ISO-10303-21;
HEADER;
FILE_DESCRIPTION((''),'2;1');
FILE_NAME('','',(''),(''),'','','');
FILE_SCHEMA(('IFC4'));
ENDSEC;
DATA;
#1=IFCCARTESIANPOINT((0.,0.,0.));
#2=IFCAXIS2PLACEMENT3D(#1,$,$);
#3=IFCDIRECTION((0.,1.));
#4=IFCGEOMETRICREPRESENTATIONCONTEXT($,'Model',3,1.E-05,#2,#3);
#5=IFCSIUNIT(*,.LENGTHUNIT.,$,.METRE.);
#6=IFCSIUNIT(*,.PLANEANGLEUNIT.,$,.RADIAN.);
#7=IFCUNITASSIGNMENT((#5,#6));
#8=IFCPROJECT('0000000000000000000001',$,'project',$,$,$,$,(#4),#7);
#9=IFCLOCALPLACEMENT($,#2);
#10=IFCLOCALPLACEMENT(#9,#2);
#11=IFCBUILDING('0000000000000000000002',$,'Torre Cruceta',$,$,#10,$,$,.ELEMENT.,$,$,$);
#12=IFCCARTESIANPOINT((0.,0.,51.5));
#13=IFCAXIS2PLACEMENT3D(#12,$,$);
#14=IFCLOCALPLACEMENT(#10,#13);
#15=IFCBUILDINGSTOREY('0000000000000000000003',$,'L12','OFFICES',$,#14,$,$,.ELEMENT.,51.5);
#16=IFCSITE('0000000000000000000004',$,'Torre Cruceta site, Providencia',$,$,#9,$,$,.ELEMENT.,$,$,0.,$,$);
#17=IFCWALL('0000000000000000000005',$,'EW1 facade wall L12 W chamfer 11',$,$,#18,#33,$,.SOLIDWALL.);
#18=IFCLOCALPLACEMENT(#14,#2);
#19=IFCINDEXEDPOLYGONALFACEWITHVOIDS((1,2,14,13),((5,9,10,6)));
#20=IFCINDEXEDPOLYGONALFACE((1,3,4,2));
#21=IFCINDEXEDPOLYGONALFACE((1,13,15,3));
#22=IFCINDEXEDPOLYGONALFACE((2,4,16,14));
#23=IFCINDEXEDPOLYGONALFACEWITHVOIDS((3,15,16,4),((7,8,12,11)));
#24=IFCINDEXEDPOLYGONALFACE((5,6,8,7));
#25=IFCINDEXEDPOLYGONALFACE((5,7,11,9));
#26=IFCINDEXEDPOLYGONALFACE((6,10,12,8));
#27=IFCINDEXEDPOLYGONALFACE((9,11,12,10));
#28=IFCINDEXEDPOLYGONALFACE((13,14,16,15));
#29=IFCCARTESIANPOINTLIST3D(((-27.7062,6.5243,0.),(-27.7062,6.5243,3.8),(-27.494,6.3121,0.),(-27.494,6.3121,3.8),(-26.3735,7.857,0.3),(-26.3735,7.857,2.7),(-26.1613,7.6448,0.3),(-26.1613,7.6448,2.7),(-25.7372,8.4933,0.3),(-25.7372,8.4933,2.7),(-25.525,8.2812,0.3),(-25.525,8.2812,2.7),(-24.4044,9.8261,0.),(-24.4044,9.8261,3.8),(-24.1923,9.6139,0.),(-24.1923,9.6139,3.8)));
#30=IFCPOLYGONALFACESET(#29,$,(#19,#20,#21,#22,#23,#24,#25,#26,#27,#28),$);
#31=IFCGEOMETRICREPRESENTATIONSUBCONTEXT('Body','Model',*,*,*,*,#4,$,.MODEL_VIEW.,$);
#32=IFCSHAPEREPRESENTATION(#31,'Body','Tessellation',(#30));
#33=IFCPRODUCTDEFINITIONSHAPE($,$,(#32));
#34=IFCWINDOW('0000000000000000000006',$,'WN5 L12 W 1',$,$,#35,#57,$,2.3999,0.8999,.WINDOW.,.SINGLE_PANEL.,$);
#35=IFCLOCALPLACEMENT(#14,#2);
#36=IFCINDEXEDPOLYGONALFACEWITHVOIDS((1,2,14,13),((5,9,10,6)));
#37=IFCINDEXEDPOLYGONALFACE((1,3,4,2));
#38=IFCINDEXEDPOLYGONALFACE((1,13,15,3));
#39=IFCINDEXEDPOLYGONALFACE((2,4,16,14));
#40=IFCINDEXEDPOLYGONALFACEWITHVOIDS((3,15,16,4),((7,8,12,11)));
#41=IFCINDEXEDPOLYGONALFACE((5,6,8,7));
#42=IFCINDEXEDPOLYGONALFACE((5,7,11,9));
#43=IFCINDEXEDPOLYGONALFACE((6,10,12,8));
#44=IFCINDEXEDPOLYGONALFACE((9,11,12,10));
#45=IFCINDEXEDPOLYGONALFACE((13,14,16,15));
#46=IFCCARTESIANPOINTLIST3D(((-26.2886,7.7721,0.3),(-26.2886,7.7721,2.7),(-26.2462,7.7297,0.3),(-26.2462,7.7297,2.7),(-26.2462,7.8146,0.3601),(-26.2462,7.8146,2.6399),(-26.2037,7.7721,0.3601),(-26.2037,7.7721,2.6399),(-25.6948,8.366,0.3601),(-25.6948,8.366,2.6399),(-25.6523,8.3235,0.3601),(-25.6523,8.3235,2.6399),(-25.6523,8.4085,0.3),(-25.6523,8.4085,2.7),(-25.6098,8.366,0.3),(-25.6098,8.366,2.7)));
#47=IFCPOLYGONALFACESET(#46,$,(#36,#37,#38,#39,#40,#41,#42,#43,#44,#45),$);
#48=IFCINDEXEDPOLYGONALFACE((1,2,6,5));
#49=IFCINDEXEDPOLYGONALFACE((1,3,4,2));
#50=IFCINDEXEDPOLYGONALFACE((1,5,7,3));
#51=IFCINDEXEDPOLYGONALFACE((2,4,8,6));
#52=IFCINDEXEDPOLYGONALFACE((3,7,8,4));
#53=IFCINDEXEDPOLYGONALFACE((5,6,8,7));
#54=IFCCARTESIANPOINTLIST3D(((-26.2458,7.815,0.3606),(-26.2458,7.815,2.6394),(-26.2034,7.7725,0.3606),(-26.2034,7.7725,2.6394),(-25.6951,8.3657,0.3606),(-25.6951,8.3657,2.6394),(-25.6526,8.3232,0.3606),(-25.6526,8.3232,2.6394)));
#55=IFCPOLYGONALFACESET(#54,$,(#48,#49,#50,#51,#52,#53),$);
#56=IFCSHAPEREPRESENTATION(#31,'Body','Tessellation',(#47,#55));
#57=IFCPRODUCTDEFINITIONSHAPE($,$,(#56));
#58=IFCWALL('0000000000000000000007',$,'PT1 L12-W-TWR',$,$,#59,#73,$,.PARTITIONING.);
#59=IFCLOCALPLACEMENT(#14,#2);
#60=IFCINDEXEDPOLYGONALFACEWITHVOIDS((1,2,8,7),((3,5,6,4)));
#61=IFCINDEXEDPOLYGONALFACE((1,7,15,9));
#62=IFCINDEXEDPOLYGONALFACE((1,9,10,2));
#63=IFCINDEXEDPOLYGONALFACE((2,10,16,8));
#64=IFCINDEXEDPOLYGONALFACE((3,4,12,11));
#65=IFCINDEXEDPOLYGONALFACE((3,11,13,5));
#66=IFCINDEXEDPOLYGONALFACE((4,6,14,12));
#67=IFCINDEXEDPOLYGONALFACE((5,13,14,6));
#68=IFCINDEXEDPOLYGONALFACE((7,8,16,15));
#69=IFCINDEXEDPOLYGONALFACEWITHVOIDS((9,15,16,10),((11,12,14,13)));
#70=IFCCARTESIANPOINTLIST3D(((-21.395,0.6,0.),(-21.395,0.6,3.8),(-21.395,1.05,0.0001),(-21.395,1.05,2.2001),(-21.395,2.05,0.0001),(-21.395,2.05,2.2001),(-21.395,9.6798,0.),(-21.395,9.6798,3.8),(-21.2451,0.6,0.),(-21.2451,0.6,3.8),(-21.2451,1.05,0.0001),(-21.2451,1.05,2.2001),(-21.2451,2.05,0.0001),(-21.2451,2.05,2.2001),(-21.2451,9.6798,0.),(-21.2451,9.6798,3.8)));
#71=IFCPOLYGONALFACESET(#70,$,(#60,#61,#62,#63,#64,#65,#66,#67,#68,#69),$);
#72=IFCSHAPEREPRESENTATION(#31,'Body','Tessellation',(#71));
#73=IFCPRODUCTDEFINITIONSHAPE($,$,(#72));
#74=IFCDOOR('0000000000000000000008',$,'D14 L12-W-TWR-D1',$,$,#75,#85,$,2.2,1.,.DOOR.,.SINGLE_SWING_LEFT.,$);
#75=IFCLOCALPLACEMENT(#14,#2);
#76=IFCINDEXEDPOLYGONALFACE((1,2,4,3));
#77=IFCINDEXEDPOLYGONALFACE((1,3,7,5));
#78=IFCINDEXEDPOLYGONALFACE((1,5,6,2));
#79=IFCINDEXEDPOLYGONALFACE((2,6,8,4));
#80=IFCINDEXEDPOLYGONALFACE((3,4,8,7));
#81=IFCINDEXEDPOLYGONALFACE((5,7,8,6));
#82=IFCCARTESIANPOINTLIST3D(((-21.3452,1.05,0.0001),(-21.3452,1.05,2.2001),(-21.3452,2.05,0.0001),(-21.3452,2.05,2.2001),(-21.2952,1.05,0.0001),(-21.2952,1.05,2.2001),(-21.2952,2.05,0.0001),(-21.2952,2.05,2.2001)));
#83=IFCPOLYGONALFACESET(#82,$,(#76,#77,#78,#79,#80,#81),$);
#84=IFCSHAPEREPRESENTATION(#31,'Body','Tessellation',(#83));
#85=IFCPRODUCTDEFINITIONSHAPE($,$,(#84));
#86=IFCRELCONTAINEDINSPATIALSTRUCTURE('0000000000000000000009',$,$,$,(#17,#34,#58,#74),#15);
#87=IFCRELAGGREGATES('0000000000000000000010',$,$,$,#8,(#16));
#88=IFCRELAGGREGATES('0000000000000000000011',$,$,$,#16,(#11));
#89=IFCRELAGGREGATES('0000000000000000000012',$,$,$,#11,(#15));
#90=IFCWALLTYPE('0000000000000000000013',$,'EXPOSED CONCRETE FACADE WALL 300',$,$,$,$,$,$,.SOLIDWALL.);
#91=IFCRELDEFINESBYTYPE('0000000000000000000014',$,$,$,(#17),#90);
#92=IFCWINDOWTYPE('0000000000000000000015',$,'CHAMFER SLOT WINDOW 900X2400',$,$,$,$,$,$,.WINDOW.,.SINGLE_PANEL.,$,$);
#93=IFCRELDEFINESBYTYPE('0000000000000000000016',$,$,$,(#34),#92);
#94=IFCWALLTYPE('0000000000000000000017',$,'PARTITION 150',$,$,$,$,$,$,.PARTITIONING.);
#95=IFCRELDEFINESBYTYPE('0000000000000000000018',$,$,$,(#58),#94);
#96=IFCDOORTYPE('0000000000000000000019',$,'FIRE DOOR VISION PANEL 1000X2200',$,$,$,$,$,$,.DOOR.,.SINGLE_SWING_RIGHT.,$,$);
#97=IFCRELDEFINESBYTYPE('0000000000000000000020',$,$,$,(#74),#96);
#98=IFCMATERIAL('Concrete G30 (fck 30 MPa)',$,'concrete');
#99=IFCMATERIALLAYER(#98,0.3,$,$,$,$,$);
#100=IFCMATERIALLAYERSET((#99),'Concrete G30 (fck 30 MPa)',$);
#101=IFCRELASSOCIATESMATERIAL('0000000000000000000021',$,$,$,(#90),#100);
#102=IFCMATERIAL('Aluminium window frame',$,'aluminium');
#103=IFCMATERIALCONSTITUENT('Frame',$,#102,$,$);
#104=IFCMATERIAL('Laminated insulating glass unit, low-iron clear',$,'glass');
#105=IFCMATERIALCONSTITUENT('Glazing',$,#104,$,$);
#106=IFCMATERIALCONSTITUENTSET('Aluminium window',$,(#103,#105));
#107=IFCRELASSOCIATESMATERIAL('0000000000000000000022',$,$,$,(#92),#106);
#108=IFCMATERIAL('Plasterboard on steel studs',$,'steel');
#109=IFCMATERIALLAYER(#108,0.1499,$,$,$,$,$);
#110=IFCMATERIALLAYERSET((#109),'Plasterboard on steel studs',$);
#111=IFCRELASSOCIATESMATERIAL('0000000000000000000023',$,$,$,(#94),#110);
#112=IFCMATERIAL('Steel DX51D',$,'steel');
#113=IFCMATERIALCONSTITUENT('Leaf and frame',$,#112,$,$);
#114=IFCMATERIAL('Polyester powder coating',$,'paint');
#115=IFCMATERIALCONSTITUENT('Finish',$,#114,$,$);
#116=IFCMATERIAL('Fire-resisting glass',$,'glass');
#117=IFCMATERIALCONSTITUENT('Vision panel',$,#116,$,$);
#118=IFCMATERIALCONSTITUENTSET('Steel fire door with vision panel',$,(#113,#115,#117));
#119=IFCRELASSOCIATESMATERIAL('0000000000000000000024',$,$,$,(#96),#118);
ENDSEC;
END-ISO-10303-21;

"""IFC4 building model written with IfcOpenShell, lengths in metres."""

from ifc_helpers import new_model, si_unit, direction, frame, frame_2d, origin, place, context, subcontext, project, spatial, rectangle, hollow_rectangle, extrude, material, layer, layer_set, constituent, constituent_set, type_object, element, fill, save


model = new_model("IFC4")

# Units and contexts
model_context = context("Model", 3, precision=1e-05, world=origin(), true_north=direction((0.0, 1.0)))
body_context = subcontext(model_context, "Body", "Model", "MODEL_VIEW")
ifc_project = project(units=[si_unit("LENGTHUNIT", "METRE"), si_unit("PLANEANGLEUNIT", "RADIAN")], contexts=[model_context])

# Site, building, storey
site_placement = place(None, origin())
site = spatial("IfcSite", under=ifc_project, at=site_placement, Name="Torre Cruceta site, Providencia", CompositionType="ELEMENT", RefElevation=0.0)
building_placement = place(site_placement, origin())
building = spatial("IfcBuilding", under=site, at=building_placement, Name="Torre Cruceta", CompositionType="ELEMENT")
storey_placement = place(building_placement, frame((0.0, 0.0, 51.5)))
storey = spatial("IfcBuildingStorey", under=building, at=storey_placement, Name="L12", Description="OFFICES", CompositionType="ELEMENT", Elevation=51.5)

# Wall, opening, window
ifc_material_1 = material(Name="Concrete G30 (fck 30 MPa)", Category="concrete")
ifc_layer_1 = layer(ifc_material_1, 0.3)
ifc_layer_set_1 = layer_set([ifc_layer_1], Name="Concrete G30 (fck 30 MPa)")
wall_type_1 = type_object("IfcWallType", Name="EXPOSED CONCRETE FACADE WALL 300", PredefinedType="SOLIDWALL", material=ifc_layer_set_1)
wall_1_placement = place(storey_placement, frame((-24.2983, 9.72, 0.0), z_axis=(0.0, 0.0, 1.0), x_axis=(-0.707107, -0.707107, 0.0)))
wall_1 = element("IfcWall", 1, at=wall_1_placement, inside=storey, type_object=wall_type_1, Name="EW1 facade wall L12 W chamfer 11", PredefinedType="SOLIDWALL", context=body_context, shape_type="SweptSolid", body=[
    extrude(rectangle(XDim=4.6694, YDim=0.3, at=frame_2d((2.3347, 0.0))), origin(), (0.0, 0.0, 1.0), 3.8),
])
opening_1_placement = place(wall_1_placement, frame((1.8848, 0.0, 0.3)))
opening_1 = element("IfcOpeningElement", 2, at=opening_1_placement, cuts=wall_1, PredefinedType="OPENING", context=body_context, shape_type="SweptSolid", body=[
    extrude(rectangle(XDim=0.8999, YDim=2.3999, at=frame_2d((0.45, 1.2))), frame((0.0, 0.1599, 0.0), z_axis=(0.0, -1.0, 0.0), x_axis=(1.0, 0.0, 0.0)), (0.0, 0.0, 1.0), 0.3201),
])
ifc_material_2 = material(Name="Aluminium window frame", Category="aluminium")
ifc_constituent_1 = constituent(ifc_material_2, Name="Frame")
ifc_material_3 = material(Name="Laminated insulating glass unit, low-iron clear", Category="glass")
ifc_constituent_2 = constituent(ifc_material_3, Name="Glazing")
ifc_constituent_set_1 = constituent_set(constituents=[ifc_constituent_1, ifc_constituent_2], Name="Aluminium window")
window_type = type_object("IfcWindowType", Name="CHAMFER SLOT WINDOW 900X2400", PartitioningType="SINGLE_PANEL", PredefinedType="WINDOW", material=ifc_constituent_set_1)
window_placement = place(opening_1_placement, origin())
window = element("IfcWindow", 3, at=window_placement, inside=storey, type_object=window_type, Name="WN5 L12 W 1", OverallHeight=2.3999, OverallWidth=0.8999, PartitioningType="SINGLE_PANEL", PredefinedType="WINDOW", context=body_context, shape_type="SweptSolid", body=[
    extrude(hollow_rectangle(XDim=0.8999, YDim=2.3999, WallThickness=0.0601, at=frame_2d((0.45, 1.2))), frame((0.0, 0.03, 0.0), z_axis=(0.0, -1.0, 0.0), x_axis=(1.0, 0.0, 0.0)), (0.0, 0.0, 1.0), 0.0601),
    extrude(rectangle(XDim=0.7788, YDim=2.2788, at=frame_2d((0.45, 1.2))), frame((0.0, 0.03, 0.0), z_axis=(0.0, -1.0, 0.0), x_axis=(1.0, 0.0, 0.0)), (0.0, 0.0, 1.0), 0.0601),
])
fill(opening_1, window)

# Wall, opening, door
ifc_material_4 = material(Name="Plasterboard on steel studs", Category="steel")
ifc_layer_2 = layer(ifc_material_4, 0.1499)
ifc_layer_set_2 = layer_set([ifc_layer_2], Name="Plasterboard on steel studs")
wall_type_2 = type_object("IfcWallType", Name="PARTITION 150", PredefinedType="PARTITIONING", material=ifc_layer_set_2)
wall_2_placement = place(storey_placement, frame((-21.3201, 9.6799, 0.0), z_axis=(0.0, 0.0, 1.0), x_axis=(0.0, -1.0, 0.0)))
wall_2 = element("IfcWall", 4, at=wall_2_placement, inside=storey, type_object=wall_type_2, Name="PT1 L12-W-TWR", PredefinedType="PARTITIONING", context=body_context, shape_type="SweptSolid", body=[
    extrude(rectangle(XDim=9.0798, YDim=0.1499, at=frame_2d((4.54, 0.0))), origin(), (0.0, 0.0, 1.0), 3.8),
])
opening_2_placement = place(wall_2_placement, frame((7.6299, 0.0, 0.0)))
opening_2 = element("IfcOpeningElement", 5, at=opening_2_placement, cuts=wall_2, PredefinedType="OPENING", context=body_context, shape_type="SweptSolid", body=[
    extrude(rectangle(XDim=1.0, YDim=2.2, at=frame_2d((0.5, 1.1001))), frame((0.0, 0.085, 0.0), z_axis=(0.0, -1.0, 0.0), x_axis=(1.0, 0.0, 0.0)), (0.0, 0.0, 1.0), 0.1699),
])
ifc_material_5 = material(Name="Steel DX51D", Category="steel")
ifc_constituent_3 = constituent(ifc_material_5, Name="Leaf and frame")
ifc_material_6 = material(Name="Polyester powder coating", Category="paint")
ifc_constituent_4 = constituent(ifc_material_6, Name="Finish")
ifc_material_7 = material(Name="Fire-resisting glass", Category="glass")
ifc_constituent_5 = constituent(ifc_material_7, Name="Vision panel")
ifc_constituent_set_2 = constituent_set(constituents=[ifc_constituent_3, ifc_constituent_4, ifc_constituent_5], Name="Steel fire door with vision panel")
door_type = type_object("IfcDoorType", Name="FIRE DOOR VISION PANEL 1000X2200", OperationType="SINGLE_SWING_RIGHT", PredefinedType="DOOR", material=ifc_constituent_set_2)
door_placement = place(opening_2_placement, frame((1.0, 0.0, 0.0), z_axis=(0.0, 0.0, 1.0), x_axis=(-1.0, 0.0, 0.0)))
door = element("IfcDoor", 6, at=door_placement, inside=storey, type_object=door_type, Name="D14 L12-W-TWR-D1", OperationType="SINGLE_SWING_LEFT", OverallHeight=2.2, OverallWidth=1.0, PredefinedType="DOOR", context=body_context, shape_type="SweptSolid", body=[
    extrude(rectangle(XDim=1.0, YDim=2.2, at=frame_2d((0.5, 1.1001))), frame((0.0, 0.0251, 0.0), z_axis=(0.0, -1.0, 0.0), x_axis=(1.0, 0.0, 0.0)), (0.0, 0.0, 1.0), 0.05),
])
fill(opening_2, door)

save(model, "model.ifc")
